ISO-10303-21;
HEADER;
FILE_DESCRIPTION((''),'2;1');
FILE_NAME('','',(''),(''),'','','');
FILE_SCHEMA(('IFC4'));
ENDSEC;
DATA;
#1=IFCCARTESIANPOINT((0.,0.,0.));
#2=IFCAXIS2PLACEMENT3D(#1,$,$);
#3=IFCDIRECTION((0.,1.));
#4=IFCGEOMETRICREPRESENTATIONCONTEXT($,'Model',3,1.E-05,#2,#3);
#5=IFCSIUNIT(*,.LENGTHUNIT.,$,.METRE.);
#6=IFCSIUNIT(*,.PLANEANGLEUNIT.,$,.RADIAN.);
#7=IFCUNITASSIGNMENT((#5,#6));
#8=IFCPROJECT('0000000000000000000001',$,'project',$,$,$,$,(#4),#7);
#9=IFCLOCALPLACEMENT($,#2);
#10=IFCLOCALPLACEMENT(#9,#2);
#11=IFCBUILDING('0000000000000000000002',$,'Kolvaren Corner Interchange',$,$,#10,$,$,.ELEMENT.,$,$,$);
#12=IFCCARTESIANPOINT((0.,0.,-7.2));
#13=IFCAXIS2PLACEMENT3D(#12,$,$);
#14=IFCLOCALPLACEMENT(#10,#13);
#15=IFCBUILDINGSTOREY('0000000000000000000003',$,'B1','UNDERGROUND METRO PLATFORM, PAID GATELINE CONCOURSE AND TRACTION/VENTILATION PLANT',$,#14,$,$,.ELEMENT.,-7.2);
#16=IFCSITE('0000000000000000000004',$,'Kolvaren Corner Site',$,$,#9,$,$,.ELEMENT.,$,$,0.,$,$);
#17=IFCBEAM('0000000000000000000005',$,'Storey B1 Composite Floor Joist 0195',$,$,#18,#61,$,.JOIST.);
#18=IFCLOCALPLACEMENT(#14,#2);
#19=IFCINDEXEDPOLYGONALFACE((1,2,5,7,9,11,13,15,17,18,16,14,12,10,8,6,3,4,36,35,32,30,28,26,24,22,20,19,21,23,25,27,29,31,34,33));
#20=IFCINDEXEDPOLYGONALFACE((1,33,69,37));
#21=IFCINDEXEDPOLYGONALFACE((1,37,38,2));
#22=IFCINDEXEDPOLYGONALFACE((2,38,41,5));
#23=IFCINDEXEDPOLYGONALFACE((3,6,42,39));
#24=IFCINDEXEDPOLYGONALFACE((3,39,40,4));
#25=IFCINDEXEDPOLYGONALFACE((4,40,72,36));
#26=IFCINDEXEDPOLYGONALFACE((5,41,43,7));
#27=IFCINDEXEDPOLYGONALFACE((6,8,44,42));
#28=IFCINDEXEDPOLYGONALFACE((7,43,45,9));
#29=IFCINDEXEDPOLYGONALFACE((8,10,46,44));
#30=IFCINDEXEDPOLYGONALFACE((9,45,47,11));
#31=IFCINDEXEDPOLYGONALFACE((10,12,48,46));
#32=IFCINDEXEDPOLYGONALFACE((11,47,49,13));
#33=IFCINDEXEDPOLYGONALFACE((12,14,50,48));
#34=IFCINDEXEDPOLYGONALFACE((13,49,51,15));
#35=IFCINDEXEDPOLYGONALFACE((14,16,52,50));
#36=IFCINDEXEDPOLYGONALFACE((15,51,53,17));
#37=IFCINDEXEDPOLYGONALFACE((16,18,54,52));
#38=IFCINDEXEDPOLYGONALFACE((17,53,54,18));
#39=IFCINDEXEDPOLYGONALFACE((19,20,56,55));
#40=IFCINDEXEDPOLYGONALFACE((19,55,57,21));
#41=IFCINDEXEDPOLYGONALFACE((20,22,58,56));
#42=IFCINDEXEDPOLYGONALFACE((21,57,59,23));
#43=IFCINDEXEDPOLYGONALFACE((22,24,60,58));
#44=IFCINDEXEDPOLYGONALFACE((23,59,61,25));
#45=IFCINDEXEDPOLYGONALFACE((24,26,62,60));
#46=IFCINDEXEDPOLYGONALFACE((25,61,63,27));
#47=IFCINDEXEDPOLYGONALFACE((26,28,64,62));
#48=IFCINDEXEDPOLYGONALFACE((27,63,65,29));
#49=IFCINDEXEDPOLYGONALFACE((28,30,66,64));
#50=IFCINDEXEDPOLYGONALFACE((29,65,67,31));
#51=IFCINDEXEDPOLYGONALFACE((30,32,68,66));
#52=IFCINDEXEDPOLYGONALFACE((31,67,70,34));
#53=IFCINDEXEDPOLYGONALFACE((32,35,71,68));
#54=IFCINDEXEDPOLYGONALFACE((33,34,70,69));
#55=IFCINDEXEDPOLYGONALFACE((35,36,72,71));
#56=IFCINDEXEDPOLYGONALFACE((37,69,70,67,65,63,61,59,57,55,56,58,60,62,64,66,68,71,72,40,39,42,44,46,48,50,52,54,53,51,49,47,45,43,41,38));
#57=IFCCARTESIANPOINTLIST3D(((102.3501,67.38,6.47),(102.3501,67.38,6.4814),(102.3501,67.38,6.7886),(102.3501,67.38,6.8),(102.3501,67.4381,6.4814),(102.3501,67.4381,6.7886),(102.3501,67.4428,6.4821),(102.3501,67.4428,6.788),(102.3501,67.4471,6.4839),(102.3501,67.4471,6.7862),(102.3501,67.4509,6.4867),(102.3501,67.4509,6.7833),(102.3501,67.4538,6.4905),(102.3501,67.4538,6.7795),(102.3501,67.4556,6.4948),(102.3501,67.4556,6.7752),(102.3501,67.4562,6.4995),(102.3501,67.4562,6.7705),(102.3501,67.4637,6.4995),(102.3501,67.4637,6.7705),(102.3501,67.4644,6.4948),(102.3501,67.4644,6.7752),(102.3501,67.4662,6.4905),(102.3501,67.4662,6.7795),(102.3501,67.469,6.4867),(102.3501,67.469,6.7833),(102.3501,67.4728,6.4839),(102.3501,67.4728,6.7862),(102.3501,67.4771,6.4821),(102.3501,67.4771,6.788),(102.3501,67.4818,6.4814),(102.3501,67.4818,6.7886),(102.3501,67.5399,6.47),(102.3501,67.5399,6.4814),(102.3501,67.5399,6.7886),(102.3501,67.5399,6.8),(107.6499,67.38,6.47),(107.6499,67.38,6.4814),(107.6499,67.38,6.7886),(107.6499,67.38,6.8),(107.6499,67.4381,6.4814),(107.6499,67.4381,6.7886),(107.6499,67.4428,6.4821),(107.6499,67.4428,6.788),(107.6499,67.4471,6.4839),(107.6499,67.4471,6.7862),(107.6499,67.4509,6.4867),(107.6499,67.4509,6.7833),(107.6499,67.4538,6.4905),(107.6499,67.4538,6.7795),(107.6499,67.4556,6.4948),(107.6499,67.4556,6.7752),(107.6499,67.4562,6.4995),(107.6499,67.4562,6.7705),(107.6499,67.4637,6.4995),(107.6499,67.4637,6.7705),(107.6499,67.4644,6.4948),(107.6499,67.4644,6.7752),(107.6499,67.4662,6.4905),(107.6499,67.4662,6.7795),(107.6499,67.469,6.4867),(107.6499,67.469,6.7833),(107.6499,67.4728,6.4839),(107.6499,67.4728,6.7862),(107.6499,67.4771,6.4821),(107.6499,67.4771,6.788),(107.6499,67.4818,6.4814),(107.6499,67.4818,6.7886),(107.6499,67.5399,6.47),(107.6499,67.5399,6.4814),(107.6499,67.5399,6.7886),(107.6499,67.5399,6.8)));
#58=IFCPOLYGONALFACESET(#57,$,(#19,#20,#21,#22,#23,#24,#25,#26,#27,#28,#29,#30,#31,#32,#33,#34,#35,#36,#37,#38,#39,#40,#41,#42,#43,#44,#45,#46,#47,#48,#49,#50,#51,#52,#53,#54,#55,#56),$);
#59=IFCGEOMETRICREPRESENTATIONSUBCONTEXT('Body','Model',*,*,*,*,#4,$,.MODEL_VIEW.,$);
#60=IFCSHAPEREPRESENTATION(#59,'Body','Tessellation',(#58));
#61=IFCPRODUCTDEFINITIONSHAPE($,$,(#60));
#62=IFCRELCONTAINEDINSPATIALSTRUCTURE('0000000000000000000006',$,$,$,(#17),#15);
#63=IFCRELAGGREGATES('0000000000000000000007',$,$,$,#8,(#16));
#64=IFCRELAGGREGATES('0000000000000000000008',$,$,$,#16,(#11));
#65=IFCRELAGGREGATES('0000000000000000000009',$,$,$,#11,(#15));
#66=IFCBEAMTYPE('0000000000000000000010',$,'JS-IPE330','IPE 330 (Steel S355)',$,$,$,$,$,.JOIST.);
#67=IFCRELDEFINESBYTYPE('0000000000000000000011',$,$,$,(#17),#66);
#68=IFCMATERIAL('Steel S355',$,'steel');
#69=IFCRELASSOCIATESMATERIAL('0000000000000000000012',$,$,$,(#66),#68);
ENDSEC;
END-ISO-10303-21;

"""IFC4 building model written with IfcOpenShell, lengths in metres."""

from ifc_helpers import new_model, si_unit, direction, frame, origin, origin_2d, place, context, subcontext, project, spatial, i_section, extrude, material, material_profile, profile_set, type_object, element, save


model = new_model("IFC4")

# Units and contexts
model_context = context("Model", 3, precision=1e-05, world=origin(), true_north=direction((0.0, 1.0)))
body_context = subcontext(model_context, "Body", "Model", "MODEL_VIEW")
ifc_project = project(units=[si_unit("LENGTHUNIT", "METRE"), si_unit("PLANEANGLEUNIT", "RADIAN")], contexts=[model_context])

# Site, building, storey
site_placement = place(None, origin())
site = spatial("IfcSite", under=ifc_project, at=site_placement, Name="Kolvaren Corner Site", CompositionType="ELEMENT", RefElevation=0.0)
building_placement = place(site_placement, origin())
building = spatial("IfcBuilding", under=site, at=building_placement, Name="Kolvaren Corner Interchange", CompositionType="ELEMENT")
storey_placement = place(building_placement, frame((0.0, 0.0, -7.2)))
storey = spatial("IfcBuildingStorey", under=building, at=storey_placement, Name="B1", Description="UNDERGROUND METRO PLATFORM, PAID GATELINE CONCOURSE AND TRACTION/VENTILATION PLANT", CompositionType="ELEMENT", Elevation=-7.2)

# Beam
ifc_material_1 = material(Name="Steel S355", Category="steel")
ifc_material_profile_1 = material_profile(ifc_material_1, i_section(OverallWidth=0.1599, OverallDepth=0.3301, WebThickness=0.0076, FlangeThickness=0.0115, FilletRadius=0.0181, at=origin_2d()), Name="IPE 330")
ifc_profile_set_1 = profile_set([ifc_material_profile_1], Name="Steel S355")
beam_type_1 = type_object("IfcBeamType", Name="JS-IPE330", Description="IPE 330 (Steel S355)", PredefinedType="JOIST", material=ifc_profile_set_1)
for number, where, z_axis, x_axis, name in (
    (1, (102.3501, 67.46, 6.635), (1.0, 0.0, 0.0), (0.0, 1.0, 0.0), "Storey B1 Composite Floor Joist 0195"),
):
    element("IfcBeam", number, at=place(storey_placement, frame(where, z_axis=z_axis, x_axis=x_axis)), inside=storey, type_object=beam_type_1, Name=name, PredefinedType="JOIST", context=body_context, shape_type="SweptSolid", body=[
        extrude(i_section(OverallWidth=0.1599, OverallDepth=0.3301, WebThickness=0.0076, FlangeThickness=0.0115, FilletRadius=0.0181, at=origin_2d()), origin(), (0.0, 0.0, 1.0), 5.2998),
    ])

save(model, "model.ifc")
